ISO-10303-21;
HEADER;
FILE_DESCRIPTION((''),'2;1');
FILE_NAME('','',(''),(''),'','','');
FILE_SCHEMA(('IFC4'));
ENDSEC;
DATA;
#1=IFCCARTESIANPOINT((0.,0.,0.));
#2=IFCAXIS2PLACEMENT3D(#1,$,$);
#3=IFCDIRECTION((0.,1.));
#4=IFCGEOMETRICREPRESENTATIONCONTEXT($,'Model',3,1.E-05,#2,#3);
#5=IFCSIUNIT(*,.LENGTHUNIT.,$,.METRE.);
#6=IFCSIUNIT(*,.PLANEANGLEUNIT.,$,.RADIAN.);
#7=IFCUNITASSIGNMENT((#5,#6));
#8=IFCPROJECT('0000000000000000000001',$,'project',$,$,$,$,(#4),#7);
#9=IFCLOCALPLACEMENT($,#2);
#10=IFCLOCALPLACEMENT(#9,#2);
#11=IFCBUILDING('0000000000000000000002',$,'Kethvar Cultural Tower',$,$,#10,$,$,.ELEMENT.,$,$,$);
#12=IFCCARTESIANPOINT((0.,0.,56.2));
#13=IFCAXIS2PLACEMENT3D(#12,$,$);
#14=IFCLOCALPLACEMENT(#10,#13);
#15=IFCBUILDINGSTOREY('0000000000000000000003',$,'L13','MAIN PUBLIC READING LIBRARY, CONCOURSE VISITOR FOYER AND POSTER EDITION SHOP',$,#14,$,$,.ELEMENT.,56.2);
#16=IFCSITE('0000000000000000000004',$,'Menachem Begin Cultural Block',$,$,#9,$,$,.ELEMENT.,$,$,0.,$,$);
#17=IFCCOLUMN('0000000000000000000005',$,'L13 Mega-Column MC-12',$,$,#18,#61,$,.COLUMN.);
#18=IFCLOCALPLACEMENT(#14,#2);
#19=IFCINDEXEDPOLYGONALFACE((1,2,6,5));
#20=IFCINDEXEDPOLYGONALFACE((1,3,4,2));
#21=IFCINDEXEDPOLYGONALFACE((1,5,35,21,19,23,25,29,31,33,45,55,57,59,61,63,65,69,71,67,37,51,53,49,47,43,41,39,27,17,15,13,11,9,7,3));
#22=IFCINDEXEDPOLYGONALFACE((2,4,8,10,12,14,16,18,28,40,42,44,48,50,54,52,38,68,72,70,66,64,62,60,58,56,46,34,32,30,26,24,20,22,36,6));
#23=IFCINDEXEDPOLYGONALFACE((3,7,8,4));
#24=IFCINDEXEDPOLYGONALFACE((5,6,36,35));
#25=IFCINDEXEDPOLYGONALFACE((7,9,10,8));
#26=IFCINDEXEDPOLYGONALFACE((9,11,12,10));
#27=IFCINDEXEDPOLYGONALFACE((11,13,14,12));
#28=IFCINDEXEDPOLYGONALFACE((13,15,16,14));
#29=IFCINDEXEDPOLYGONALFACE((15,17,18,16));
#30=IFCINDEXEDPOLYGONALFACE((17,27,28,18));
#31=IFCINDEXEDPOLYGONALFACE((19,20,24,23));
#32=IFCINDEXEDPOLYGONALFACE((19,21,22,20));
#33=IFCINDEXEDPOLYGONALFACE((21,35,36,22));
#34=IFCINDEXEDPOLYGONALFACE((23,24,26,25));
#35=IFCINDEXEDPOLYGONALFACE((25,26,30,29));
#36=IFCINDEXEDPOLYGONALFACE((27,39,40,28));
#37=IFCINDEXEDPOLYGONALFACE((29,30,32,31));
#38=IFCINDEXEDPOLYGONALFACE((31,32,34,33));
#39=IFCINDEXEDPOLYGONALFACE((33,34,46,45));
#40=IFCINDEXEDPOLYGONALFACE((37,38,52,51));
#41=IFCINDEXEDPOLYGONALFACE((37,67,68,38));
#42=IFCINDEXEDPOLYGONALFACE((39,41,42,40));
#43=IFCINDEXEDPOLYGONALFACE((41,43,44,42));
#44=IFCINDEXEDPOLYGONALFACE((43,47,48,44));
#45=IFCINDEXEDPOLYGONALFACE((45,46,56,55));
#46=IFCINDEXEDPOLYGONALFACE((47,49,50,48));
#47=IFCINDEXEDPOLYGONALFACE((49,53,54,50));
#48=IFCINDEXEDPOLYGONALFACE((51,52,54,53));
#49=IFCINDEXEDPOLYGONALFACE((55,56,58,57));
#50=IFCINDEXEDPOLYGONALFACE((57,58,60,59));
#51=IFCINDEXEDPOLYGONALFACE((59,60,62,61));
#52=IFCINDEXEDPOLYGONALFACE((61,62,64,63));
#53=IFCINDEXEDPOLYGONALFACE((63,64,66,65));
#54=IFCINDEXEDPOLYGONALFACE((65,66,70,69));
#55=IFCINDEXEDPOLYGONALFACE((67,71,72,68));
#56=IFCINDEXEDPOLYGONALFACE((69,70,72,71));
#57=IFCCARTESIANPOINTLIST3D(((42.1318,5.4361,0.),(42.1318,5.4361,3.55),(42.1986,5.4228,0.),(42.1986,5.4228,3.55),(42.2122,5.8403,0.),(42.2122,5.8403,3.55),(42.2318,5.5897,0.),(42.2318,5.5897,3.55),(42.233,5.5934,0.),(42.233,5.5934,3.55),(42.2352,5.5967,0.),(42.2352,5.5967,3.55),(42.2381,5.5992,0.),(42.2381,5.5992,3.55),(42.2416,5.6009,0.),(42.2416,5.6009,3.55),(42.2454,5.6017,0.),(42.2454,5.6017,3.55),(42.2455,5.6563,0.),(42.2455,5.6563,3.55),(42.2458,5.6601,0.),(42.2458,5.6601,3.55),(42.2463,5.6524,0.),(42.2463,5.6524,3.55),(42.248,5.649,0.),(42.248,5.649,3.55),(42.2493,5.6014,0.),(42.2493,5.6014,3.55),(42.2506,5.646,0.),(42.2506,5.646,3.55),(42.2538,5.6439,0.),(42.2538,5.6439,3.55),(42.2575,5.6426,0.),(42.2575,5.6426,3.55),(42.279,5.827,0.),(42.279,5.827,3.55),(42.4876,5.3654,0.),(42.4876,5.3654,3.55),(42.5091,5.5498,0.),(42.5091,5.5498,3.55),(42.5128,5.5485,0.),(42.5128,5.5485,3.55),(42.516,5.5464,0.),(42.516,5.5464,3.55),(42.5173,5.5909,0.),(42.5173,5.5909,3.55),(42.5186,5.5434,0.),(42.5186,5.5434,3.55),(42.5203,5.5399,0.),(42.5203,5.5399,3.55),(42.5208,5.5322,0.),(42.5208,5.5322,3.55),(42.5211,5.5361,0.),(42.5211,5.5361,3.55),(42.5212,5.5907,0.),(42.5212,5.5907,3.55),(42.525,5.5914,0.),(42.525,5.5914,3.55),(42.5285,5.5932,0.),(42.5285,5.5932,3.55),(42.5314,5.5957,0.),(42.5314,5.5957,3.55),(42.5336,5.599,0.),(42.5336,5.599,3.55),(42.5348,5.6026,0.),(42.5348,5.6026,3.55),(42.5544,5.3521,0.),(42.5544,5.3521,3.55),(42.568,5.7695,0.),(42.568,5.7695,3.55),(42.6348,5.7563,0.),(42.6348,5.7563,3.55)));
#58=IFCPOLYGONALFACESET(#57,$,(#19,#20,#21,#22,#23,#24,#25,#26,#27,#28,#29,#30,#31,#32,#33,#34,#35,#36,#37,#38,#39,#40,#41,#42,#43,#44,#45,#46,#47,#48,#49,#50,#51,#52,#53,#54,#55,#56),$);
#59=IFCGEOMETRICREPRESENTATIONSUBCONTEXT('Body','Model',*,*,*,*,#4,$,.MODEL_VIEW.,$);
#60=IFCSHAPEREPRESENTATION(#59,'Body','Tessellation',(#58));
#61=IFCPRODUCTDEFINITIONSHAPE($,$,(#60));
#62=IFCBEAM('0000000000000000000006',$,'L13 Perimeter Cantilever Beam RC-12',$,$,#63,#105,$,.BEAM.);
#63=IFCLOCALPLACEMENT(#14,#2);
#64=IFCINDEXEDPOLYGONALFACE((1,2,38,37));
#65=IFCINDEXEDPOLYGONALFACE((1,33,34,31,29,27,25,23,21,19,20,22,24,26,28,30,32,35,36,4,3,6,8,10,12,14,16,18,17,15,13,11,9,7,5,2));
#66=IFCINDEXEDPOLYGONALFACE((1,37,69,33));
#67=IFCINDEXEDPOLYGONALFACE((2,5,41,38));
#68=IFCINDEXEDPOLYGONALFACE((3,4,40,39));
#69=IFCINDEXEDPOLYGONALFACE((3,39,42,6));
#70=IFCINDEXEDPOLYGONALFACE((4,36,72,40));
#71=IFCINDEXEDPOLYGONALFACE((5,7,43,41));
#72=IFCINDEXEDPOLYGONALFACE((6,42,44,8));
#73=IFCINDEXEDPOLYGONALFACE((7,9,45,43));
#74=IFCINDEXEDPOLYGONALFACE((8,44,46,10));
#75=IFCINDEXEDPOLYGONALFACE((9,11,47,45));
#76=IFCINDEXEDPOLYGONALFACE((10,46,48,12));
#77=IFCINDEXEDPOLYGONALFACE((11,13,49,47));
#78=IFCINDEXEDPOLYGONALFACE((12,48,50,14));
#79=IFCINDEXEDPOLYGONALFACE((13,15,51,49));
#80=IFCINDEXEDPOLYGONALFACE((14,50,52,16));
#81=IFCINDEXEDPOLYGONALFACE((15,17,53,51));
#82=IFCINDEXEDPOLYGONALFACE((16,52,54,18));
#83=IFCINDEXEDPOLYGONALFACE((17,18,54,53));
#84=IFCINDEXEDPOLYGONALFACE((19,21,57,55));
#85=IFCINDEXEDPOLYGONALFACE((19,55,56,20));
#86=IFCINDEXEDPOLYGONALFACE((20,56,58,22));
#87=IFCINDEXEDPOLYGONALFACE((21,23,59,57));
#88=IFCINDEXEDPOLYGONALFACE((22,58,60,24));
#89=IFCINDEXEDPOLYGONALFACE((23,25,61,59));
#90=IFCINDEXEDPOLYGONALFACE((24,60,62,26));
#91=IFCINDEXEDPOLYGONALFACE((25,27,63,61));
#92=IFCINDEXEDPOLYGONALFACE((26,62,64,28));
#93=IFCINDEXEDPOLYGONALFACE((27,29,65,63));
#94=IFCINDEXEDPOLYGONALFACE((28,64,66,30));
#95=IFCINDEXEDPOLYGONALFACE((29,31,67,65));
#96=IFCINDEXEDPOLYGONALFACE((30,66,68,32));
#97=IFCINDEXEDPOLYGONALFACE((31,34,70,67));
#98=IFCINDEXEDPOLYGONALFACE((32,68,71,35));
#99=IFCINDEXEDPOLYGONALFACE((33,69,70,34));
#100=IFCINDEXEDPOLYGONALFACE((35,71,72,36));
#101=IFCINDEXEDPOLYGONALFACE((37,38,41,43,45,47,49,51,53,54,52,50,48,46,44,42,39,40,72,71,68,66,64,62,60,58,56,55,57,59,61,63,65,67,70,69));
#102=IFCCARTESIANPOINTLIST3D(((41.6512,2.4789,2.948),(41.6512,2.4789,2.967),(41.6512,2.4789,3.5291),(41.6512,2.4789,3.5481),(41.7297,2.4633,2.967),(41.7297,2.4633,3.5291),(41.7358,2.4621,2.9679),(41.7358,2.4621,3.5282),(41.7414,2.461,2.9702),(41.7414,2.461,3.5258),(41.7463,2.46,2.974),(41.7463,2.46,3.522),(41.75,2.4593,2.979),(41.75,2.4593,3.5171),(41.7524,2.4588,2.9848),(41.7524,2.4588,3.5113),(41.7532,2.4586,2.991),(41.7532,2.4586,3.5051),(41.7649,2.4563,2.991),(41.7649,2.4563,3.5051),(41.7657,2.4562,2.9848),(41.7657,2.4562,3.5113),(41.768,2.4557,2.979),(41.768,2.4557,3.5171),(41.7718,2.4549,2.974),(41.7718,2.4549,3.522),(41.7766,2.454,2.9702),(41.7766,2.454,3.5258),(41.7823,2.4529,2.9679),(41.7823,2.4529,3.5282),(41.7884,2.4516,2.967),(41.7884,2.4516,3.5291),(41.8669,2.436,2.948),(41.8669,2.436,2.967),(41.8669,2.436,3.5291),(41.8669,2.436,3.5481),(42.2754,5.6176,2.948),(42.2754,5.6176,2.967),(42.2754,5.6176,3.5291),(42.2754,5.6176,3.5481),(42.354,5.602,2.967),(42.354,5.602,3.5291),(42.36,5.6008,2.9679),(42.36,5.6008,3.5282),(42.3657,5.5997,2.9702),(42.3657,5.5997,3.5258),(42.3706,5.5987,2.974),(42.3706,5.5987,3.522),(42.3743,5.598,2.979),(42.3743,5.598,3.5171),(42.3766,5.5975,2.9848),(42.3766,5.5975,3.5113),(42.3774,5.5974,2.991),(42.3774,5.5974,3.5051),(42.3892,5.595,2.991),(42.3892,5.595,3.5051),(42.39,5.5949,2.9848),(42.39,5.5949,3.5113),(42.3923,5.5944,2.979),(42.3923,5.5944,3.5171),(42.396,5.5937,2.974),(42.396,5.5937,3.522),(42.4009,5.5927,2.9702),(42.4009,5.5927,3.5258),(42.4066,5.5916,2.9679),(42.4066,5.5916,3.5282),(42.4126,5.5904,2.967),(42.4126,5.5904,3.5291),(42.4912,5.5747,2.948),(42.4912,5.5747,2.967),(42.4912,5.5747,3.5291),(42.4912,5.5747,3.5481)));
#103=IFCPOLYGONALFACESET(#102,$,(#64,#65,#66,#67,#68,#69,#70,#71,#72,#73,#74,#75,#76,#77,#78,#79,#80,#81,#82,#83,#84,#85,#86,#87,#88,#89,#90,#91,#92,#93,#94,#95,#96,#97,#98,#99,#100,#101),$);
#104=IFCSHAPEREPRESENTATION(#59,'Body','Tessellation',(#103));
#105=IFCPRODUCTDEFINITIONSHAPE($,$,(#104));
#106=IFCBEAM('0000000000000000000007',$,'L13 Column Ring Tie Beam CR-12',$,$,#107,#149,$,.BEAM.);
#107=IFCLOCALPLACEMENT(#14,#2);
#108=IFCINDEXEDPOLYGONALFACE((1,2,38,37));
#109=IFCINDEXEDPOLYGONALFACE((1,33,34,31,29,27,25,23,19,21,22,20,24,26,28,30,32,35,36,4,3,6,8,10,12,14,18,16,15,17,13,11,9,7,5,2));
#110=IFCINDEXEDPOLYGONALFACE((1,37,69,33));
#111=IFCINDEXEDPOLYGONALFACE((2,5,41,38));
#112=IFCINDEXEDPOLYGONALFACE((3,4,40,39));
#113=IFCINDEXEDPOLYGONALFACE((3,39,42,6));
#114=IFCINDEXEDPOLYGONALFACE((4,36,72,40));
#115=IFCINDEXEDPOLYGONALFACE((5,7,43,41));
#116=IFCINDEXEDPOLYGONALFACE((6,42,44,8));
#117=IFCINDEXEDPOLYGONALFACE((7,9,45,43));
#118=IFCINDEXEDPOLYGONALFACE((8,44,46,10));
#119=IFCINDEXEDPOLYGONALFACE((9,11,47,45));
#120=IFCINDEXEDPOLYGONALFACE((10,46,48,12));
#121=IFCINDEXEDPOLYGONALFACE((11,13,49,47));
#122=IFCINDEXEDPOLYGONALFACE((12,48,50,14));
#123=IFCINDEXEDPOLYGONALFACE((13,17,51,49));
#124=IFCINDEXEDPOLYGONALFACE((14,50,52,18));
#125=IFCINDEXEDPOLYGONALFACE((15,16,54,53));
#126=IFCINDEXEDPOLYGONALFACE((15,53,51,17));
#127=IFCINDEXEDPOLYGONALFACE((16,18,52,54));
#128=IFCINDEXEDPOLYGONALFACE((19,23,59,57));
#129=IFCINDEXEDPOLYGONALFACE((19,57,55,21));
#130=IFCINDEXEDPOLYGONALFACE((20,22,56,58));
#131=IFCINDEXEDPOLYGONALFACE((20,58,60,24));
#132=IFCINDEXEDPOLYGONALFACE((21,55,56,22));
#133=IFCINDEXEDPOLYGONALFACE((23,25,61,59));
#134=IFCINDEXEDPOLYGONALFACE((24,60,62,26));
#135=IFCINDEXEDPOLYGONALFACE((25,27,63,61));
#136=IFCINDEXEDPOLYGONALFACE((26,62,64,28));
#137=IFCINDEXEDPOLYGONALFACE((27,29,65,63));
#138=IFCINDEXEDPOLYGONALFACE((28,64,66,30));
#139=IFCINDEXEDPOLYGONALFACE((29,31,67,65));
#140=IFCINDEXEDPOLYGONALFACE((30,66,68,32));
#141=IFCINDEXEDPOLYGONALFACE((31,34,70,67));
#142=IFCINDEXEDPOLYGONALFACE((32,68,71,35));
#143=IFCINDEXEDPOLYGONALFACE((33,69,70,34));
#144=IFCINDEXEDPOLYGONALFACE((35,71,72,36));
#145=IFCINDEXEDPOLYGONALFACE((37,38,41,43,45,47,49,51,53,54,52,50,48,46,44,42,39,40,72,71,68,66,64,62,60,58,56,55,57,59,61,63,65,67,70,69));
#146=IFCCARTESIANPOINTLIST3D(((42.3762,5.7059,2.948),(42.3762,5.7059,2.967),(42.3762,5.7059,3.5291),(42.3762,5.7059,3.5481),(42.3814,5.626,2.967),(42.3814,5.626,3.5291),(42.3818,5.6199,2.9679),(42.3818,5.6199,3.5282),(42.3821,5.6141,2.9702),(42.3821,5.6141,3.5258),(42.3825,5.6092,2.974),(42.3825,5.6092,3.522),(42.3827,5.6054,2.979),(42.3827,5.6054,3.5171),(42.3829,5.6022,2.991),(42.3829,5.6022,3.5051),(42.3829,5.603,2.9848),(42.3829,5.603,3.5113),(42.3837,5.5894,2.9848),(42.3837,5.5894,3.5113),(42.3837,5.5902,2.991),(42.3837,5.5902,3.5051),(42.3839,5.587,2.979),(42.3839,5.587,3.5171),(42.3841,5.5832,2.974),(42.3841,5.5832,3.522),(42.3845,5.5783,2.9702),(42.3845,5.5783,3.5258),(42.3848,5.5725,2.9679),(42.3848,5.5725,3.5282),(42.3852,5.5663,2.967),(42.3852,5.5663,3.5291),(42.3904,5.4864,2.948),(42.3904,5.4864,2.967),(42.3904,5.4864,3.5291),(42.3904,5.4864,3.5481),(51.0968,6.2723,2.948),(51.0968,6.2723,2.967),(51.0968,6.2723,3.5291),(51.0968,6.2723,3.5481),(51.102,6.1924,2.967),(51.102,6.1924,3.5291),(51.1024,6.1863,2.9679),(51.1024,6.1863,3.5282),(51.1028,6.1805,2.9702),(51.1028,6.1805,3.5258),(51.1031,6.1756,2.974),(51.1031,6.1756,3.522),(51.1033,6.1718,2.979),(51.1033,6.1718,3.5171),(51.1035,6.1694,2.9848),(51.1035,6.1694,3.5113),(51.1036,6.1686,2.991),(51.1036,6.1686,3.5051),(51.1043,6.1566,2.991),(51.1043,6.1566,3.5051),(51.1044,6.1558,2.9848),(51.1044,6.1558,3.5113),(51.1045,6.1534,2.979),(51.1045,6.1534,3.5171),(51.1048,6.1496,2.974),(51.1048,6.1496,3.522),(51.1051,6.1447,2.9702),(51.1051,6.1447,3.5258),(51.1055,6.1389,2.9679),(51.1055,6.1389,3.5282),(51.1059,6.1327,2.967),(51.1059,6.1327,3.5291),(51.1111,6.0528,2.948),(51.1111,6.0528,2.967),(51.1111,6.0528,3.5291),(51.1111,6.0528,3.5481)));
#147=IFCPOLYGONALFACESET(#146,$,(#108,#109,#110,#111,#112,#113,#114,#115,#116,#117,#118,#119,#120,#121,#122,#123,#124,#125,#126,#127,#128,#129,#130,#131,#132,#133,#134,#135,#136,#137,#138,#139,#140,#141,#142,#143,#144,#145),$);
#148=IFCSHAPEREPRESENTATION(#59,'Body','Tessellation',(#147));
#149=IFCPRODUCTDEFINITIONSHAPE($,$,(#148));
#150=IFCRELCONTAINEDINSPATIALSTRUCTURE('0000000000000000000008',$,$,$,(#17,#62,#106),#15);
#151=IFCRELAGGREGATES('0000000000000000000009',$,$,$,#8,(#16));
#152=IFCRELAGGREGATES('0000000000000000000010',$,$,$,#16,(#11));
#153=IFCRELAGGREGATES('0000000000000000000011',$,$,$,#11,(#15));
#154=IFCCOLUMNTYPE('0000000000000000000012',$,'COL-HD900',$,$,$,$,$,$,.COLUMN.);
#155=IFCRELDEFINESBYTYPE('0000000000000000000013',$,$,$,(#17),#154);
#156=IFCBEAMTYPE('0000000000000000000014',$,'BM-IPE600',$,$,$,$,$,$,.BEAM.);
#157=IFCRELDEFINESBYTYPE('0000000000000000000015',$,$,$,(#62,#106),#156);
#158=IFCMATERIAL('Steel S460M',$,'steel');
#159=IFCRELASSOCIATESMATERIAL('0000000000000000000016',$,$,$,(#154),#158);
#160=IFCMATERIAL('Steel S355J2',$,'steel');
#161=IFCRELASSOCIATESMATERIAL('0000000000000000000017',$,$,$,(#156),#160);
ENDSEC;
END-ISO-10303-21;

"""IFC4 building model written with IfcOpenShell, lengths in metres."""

from ifc_helpers import new_model, si_unit, direction, frame, origin, origin_2d, place, context, subcontext, project, spatial, i_section, extrude, source, transform, mapped, material, material_profile, profile_set, type_object, element, save


model = new_model("IFC4")

# Units and contexts
model_context = context("Model", 3, precision=1e-05, world=origin(), true_north=direction((0.0, 1.0)))
body_context = subcontext(model_context, "Body", "Model", "MODEL_VIEW")
ifc_project = project(units=[si_unit("LENGTHUNIT", "METRE"), si_unit("PLANEANGLEUNIT", "RADIAN")], contexts=[model_context])

# Site, building, storey
site_placement = place(None, origin())
site = spatial("IfcSite", under=ifc_project, at=site_placement, Name="Menachem Begin Cultural Block", CompositionType="ELEMENT", RefElevation=0.0)
building_placement = place(site_placement, origin())
building = spatial("IfcBuilding", under=site, at=building_placement, Name="Kethvar Cultural Tower", CompositionType="ELEMENT")
storey_placement = place(building_placement, frame((0.0, 0.0, 56.2)))
storey = spatial("IfcBuildingStorey", under=building, at=storey_placement, Name="L13", Description="MAIN PUBLIC READING LIBRARY, CONCOURSE VISITOR FOYER AND POSTER EDITION SHOP", CompositionType="ELEMENT", Elevation=56.2)

# Column
ifc_material_1 = material(Name="Steel S460M", Category="steel")
ifc_material_profile_1 = material_profile(ifc_material_1, i_section(OverallWidth=0.4121, OverallDepth=0.4309, WebThickness=0.042, FlangeThickness=0.0681, FilletRadius=0.0149, at=origin_2d()), Name="Steel S460M — HD400x900")
ifc_profile_set_1 = profile_set([ifc_material_profile_1], Name="Steel S460M — HD400x900")
column_type = type_object("IfcColumnType", Name="COL-HD900", PredefinedType="COLUMN", material=ifc_profile_set_1)
shared_shape_1 = source(origin(), body_context, "Body", "SweptSolid", [
    extrude(i_section(OverallWidth=0.4121, OverallDepth=0.4309, WebThickness=0.042, FlangeThickness=0.0681, FilletRadius=0.0149, at=origin_2d()), origin(), (0.0, 0.0, 1.0), 3.55),
])
column_placement = place(storey_placement, frame((42.3833, 5.5962, 0.0), z_axis=(0.0, 0.0, 1.0), x_axis=(-0.19509, -0.980785, 0.0)))
element("IfcColumn", 1, at=column_placement, inside=storey, type_object=column_type, Name="L13 Mega-Column MC-12", PredefinedType="COLUMN", context=body_context, shape_type="MappedRepresentation", body=[
    mapped(shared_shape_1, transform((0.0, 0.0, 0.0), scale=1.0)),
])

# Beams
ifc_material_2 = material(Name="Steel S355J2", Category="steel")
ifc_material_profile_2 = material_profile(ifc_material_2, i_section(OverallWidth=0.22, OverallDepth=0.6001, WebThickness=0.012, FlangeThickness=0.019, FilletRadius=0.0239, at=origin_2d()), Name="Steel S355J2 — IPE600")
ifc_profile_set_2 = profile_set([ifc_material_profile_2], Name="Steel S355J2 — IPE600")
beam_type_1 = type_object("IfcBeamType", Name="BM-IPE600", PredefinedType="BEAM", material=ifc_profile_set_2)
shared_shape_2 = source(origin(), body_context, "Body", "SweptSolid", [
    extrude(i_section(OverallWidth=0.22, OverallDepth=0.6001, WebThickness=0.012, FlangeThickness=0.019, FilletRadius=0.0239, at=origin_2d()), origin(), (0.0, 0.0, 1.0), 3.2002),
])
beam_1_placement = place(storey_placement, frame((42.3833, 5.5962, 3.248), z_axis=(-0.195074, -0.980788, 0.0), x_axis=(0.980788, -0.195074, 0.0)))
element("IfcBeam", 2, at=beam_1_placement, inside=storey, type_object=beam_type_1, Name="L13 Perimeter Cantilever Beam RC-12", PredefinedType="BEAM", context=body_context, shape_type="MappedRepresentation", body=[
    mapped(shared_shape_2, transform((0.0, 0.0, 0.0), scale=1.0)),
])
shared_shape_3 = source(origin(), body_context, "Body", "SweptSolid", [
    extrude(i_section(OverallWidth=0.22, OverallDepth=0.6001, WebThickness=0.012, FlangeThickness=0.019, FilletRadius=0.0239, at=origin_2d()), origin(), (0.0, 0.0, 1.0), 8.739),
])
beam_2_placement = place(storey_placement, frame((42.3833, 5.5962, 3.248), z_axis=(0.997897, 0.064813, 0.0), x_axis=(-0.064813, 0.997897, 0.0)))
element("IfcBeam", 3, at=beam_2_placement, inside=storey, type_object=beam_type_1, Name="L13 Column Ring Tie Beam CR-12", PredefinedType="BEAM", context=body_context, shape_type="MappedRepresentation", body=[
    mapped(shared_shape_3, transform((0.0, 0.0, 0.0), scale=1.0)),
])

save(model, "model.ifc")
